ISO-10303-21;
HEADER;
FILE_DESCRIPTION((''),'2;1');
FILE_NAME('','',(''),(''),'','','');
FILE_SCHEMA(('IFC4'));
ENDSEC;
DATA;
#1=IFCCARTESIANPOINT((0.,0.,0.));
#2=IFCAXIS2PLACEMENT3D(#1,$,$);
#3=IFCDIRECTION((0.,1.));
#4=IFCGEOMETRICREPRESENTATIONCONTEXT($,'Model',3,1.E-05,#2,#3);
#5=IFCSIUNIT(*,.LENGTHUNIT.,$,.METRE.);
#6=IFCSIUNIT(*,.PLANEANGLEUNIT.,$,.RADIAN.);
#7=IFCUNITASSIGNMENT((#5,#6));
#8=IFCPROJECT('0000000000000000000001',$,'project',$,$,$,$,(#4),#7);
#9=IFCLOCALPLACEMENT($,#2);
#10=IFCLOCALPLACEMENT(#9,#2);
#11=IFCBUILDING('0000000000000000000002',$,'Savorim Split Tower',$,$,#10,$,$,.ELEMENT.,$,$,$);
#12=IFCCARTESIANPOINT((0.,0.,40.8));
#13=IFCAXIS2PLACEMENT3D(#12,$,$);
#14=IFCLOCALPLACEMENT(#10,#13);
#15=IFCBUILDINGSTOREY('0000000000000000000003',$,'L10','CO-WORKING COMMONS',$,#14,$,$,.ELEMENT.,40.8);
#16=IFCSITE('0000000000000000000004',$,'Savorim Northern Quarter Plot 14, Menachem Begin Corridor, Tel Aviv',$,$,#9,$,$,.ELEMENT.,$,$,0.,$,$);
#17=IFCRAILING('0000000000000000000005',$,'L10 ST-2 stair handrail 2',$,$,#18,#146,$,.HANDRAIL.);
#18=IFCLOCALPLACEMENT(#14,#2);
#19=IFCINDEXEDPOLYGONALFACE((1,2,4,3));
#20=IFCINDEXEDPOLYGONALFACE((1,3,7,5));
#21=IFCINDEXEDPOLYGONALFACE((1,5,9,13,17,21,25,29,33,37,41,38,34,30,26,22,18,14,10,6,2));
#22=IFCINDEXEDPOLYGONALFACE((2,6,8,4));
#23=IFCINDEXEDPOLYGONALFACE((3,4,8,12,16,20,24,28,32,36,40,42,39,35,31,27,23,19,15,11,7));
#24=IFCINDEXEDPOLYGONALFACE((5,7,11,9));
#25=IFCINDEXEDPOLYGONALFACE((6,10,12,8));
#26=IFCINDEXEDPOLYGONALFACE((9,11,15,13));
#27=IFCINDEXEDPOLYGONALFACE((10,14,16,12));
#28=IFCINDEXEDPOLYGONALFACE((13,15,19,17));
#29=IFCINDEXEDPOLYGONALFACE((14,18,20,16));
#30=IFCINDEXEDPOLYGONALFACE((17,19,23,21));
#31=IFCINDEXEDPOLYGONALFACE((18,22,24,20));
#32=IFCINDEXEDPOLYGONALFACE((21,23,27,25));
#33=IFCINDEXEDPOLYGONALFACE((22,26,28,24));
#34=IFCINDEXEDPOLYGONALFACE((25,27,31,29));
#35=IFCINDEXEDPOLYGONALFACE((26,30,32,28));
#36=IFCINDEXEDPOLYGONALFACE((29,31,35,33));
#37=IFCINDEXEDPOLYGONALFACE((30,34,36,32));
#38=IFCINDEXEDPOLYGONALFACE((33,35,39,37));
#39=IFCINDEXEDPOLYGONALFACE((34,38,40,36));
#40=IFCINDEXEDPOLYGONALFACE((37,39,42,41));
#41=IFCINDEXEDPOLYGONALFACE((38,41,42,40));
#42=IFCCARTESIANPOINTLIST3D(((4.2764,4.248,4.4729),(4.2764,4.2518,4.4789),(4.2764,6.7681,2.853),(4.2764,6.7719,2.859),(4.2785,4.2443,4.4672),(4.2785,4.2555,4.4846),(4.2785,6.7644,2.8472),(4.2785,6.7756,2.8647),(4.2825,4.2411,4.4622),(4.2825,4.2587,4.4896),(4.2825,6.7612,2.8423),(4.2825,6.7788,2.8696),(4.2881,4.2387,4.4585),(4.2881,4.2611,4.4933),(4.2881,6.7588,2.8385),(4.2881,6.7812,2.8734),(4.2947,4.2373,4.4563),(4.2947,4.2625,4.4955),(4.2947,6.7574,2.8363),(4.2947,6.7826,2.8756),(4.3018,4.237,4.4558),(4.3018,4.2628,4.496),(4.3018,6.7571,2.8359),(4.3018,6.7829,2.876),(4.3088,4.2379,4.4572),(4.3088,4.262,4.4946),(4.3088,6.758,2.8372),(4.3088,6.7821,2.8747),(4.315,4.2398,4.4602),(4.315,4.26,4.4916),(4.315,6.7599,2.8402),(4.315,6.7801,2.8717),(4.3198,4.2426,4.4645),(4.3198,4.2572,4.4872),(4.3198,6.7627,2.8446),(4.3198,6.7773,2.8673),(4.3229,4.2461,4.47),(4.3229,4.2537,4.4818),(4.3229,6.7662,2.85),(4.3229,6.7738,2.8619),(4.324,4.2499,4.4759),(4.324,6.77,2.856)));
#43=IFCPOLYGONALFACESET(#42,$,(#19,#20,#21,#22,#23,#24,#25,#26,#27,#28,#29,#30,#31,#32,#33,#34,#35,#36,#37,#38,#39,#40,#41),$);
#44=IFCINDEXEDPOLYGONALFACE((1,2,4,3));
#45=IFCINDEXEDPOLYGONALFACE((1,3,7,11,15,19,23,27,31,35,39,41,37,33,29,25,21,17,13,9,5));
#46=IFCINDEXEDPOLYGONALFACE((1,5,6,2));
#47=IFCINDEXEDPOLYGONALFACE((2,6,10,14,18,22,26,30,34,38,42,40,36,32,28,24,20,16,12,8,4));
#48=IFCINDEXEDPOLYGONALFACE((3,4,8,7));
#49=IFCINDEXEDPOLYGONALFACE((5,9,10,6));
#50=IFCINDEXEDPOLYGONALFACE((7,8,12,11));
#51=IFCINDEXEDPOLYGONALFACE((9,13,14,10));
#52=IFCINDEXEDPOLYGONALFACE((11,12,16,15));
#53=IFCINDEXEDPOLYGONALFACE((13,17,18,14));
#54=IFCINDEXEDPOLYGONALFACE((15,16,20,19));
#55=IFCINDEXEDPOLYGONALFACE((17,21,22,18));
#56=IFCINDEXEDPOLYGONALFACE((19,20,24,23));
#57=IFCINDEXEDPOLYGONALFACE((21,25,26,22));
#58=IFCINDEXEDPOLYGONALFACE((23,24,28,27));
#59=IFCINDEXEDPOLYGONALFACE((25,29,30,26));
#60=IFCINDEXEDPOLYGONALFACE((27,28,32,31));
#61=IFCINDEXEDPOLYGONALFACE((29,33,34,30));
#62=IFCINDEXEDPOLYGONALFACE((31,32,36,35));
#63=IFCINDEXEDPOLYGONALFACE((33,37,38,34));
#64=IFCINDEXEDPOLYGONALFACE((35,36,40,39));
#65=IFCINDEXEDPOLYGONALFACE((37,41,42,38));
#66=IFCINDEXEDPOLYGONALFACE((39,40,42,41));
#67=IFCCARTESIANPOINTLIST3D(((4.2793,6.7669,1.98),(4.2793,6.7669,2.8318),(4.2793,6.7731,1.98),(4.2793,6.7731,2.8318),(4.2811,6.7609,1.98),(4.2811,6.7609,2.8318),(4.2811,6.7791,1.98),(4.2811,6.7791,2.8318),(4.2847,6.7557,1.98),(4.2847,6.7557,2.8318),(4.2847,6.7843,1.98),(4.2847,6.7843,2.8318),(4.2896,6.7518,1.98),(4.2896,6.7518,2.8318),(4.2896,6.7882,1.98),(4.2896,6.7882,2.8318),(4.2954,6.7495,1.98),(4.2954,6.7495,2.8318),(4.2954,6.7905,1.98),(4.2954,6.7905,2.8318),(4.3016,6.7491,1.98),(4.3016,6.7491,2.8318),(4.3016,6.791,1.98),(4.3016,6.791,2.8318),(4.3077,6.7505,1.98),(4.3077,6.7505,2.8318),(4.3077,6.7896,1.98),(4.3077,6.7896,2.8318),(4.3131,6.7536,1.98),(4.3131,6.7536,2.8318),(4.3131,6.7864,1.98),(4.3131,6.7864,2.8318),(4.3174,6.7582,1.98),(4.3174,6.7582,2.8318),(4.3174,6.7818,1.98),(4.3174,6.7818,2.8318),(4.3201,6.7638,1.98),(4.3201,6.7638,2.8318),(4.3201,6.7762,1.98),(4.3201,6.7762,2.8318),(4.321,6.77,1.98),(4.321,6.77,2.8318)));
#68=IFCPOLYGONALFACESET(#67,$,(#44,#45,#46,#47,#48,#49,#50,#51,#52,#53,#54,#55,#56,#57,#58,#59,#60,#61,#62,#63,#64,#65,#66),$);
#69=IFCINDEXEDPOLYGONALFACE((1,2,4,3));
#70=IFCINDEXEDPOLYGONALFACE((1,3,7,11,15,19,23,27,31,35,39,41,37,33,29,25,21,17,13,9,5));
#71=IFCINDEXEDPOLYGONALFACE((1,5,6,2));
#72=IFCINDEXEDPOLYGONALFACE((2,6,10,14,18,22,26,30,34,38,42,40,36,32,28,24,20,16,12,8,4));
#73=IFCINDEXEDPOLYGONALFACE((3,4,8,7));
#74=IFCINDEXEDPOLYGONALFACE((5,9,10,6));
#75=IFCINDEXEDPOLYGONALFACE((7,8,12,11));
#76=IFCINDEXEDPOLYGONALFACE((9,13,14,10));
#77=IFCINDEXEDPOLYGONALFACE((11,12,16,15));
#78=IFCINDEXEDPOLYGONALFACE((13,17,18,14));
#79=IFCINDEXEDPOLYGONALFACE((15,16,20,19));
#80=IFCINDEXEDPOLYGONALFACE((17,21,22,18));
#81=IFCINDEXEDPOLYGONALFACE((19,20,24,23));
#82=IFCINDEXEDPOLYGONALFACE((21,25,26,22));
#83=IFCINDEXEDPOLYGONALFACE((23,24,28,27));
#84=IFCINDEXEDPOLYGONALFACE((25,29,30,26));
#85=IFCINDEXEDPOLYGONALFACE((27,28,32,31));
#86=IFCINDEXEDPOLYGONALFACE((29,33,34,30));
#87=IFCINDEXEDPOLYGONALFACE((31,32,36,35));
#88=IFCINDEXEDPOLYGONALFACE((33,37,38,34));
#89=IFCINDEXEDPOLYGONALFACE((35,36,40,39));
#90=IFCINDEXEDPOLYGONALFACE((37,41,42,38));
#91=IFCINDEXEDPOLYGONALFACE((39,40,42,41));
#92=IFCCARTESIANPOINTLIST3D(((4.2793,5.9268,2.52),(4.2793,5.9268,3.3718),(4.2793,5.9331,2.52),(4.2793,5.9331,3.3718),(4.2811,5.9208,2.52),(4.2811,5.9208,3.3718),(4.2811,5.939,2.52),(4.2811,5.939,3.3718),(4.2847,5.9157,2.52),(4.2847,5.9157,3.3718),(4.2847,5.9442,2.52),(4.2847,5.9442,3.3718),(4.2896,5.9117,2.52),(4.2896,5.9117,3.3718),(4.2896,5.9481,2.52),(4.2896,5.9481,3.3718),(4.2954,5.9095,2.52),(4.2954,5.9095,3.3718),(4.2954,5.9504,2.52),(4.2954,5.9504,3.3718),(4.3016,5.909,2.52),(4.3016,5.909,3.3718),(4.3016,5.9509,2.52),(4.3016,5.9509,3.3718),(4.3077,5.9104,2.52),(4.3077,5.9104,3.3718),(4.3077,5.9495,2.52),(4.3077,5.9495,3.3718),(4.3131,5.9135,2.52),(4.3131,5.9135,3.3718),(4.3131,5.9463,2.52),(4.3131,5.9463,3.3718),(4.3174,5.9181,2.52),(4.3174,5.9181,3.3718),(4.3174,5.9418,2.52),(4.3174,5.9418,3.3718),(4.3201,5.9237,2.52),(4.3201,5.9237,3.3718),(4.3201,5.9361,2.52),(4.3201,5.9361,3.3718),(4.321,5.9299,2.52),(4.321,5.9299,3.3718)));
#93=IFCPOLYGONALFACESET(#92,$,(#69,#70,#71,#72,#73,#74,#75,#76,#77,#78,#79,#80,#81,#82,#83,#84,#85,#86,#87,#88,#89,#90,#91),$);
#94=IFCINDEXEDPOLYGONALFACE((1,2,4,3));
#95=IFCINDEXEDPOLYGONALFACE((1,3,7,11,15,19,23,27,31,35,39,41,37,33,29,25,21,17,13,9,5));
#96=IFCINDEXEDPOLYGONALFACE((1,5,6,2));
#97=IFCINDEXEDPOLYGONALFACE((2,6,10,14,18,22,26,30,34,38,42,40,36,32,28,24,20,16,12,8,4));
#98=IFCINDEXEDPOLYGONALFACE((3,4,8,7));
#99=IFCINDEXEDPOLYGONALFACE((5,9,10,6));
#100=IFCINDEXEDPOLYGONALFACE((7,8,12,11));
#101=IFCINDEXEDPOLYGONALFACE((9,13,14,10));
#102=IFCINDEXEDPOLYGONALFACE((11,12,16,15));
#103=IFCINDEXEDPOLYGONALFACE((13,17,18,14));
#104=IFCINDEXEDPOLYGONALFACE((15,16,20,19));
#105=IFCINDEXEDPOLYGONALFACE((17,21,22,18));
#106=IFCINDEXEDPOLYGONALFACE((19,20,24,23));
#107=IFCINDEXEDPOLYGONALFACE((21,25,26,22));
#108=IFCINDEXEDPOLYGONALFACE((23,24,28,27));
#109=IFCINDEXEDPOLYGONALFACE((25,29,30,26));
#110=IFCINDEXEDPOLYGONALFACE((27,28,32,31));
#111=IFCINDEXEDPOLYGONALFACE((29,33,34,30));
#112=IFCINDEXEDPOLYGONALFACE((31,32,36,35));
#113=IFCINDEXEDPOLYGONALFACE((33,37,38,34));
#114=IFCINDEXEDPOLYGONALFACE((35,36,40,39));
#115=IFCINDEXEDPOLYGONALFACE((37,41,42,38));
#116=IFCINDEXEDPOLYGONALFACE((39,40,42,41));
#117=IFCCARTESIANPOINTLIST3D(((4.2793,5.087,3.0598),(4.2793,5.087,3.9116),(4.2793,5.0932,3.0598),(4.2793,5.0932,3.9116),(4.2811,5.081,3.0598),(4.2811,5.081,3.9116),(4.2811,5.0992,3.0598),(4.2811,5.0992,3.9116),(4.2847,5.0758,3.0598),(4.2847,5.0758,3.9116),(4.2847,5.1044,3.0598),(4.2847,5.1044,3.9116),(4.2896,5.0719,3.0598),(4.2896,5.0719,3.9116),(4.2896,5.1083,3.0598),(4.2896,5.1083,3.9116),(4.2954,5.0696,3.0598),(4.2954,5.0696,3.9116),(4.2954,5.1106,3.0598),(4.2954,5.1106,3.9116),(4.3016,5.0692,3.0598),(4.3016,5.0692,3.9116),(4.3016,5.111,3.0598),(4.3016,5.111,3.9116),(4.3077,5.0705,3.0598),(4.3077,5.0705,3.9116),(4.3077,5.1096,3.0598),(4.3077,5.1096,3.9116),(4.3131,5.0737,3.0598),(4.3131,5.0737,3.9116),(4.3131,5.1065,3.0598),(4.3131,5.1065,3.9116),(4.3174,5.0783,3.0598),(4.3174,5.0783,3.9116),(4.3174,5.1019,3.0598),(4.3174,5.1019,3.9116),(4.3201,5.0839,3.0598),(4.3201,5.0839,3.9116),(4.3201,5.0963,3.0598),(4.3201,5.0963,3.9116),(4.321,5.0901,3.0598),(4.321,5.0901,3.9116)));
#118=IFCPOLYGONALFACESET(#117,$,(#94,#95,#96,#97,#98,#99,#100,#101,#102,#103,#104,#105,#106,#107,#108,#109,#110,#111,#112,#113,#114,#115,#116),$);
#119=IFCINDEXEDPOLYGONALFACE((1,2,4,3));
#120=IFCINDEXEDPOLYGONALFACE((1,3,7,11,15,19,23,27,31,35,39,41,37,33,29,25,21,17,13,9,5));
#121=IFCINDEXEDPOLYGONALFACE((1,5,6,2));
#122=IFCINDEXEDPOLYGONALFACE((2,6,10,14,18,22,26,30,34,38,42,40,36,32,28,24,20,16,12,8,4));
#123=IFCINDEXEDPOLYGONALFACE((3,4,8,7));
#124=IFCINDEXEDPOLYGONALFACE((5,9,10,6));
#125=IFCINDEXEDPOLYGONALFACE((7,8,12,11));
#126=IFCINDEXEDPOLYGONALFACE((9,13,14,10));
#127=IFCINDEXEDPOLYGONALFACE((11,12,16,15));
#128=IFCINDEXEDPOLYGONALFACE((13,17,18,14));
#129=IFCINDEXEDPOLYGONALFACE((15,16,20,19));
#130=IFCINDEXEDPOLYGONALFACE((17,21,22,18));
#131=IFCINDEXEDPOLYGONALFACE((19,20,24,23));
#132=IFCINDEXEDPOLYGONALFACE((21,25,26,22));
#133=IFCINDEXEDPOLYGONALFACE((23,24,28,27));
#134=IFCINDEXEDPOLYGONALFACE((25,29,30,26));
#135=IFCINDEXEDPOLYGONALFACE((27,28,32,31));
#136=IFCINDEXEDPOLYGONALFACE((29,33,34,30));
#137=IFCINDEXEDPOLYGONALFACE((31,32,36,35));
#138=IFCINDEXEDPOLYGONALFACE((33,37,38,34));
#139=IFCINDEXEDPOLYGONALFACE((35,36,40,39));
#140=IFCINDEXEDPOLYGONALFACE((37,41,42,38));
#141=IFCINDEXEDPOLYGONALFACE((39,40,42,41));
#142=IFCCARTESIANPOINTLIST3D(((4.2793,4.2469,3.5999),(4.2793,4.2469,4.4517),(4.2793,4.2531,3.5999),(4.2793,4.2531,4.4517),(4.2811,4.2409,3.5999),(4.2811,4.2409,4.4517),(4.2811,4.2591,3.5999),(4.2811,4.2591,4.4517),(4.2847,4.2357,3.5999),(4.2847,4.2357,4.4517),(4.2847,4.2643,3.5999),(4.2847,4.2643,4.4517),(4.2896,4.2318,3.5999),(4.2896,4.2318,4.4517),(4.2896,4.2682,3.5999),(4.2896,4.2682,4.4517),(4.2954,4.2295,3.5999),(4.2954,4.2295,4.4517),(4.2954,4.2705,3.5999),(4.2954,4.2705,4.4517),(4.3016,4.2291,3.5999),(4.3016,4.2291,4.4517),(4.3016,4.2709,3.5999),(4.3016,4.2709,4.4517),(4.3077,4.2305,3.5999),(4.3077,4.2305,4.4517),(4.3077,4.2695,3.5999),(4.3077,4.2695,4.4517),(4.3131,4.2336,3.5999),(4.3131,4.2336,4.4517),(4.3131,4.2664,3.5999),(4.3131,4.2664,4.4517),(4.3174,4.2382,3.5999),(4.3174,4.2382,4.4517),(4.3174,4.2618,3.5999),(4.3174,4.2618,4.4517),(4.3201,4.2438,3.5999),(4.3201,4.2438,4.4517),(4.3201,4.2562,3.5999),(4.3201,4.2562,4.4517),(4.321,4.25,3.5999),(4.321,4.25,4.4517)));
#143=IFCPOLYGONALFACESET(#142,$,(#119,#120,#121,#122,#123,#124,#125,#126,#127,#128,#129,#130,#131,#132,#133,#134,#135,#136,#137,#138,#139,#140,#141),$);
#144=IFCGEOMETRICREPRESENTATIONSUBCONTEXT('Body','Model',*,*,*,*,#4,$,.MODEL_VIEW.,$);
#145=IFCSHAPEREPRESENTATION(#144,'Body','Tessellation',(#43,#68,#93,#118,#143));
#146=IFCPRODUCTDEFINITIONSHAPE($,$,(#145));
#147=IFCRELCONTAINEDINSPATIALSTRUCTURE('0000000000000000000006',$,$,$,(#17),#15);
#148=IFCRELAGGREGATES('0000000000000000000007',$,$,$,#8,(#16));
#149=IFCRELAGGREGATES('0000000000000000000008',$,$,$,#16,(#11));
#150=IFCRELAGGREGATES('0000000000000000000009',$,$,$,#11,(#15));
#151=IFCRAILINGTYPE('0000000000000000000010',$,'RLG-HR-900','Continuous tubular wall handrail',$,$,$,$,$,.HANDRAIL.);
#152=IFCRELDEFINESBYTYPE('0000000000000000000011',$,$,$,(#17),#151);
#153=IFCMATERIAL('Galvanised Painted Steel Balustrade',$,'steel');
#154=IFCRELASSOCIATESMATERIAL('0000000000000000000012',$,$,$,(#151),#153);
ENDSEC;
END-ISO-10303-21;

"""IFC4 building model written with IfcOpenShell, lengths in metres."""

from ifc_helpers import new_model, si_unit, direction, frame, origin, origin_2d, place, context, subcontext, project, spatial, circle, extrude, material, type_object, element, save


model = new_model("IFC4")

# Units and contexts
model_context = context("Model", 3, precision=1e-05, world=origin(), true_north=direction((0.0, 1.0)))
body_context = subcontext(model_context, "Body", "Model", "MODEL_VIEW")
ifc_project = project(units=[si_unit("LENGTHUNIT", "METRE"), si_unit("PLANEANGLEUNIT", "RADIAN")], contexts=[model_context])

# Site, building, storey
site_placement = place(None, origin())
site = spatial("IfcSite", under=ifc_project, at=site_placement, Name="Savorim Northern Quarter Plot 14, Menachem Begin Corridor, Tel Aviv", CompositionType="ELEMENT", RefElevation=0.0)
building_placement = place(site_placement, origin())
building = spatial("IfcBuilding", under=site, at=building_placement, Name="Savorim Split Tower", CompositionType="ELEMENT")
storey_placement = place(building_placement, frame((0.0, 0.0, 40.8)))
storey = spatial("IfcBuildingStorey", under=building, at=storey_placement, Name="L10", Description="CO-WORKING COMMONS", CompositionType="ELEMENT", Elevation=40.8)

# Railing
ifc_material_1 = material(Name="Galvanised Painted Steel Balustrade", Category="steel")
railing_type_1 = type_object("IfcRailingType", Name="RLG-HR-900", Description="Continuous tubular wall handrail", PredefinedType="HANDRAIL", material=ifc_material_1)
railing_1_placement = place(storey_placement, frame((4.3, 6.77, 1.98)))
element("IfcRailing", 1, at=railing_1_placement, inside=storey, type_object=railing_type_1, Name="L10 ST-2 stair handrail 2", PredefinedType="HANDRAIL", context=body_context, shape_type="SweptSolid", body=[
    extrude(circle(Radius=0.0239, at=origin_2d()), frame((0.0, 0.0, 0.876), z_axis=(0.0, -0.8412, 0.540725), x_axis=(1.0, 0.0, 0.0)), (0.0, 0.0, 1.0), 2.9958),
    extrude(circle(Radius=0.021, at=origin_2d()), origin(), (0.0, 0.0, 1.0), 0.8518),
    extrude(circle(Radius=0.021, at=origin_2d()), frame((0.0, -0.8401, 0.54)), (0.0, 0.0, 1.0), 0.8518),
    extrude(circle(Radius=0.021, at=origin_2d()), frame((0.0, -1.6799, 1.0798)), (0.0, 0.0, 1.0), 0.8518),
    extrude(circle(Radius=0.021, at=origin_2d()), frame((0.0, -2.52, 1.6199)), (0.0, 0.0, 1.0), 0.8518),
])

save(model, "model.ifc")
